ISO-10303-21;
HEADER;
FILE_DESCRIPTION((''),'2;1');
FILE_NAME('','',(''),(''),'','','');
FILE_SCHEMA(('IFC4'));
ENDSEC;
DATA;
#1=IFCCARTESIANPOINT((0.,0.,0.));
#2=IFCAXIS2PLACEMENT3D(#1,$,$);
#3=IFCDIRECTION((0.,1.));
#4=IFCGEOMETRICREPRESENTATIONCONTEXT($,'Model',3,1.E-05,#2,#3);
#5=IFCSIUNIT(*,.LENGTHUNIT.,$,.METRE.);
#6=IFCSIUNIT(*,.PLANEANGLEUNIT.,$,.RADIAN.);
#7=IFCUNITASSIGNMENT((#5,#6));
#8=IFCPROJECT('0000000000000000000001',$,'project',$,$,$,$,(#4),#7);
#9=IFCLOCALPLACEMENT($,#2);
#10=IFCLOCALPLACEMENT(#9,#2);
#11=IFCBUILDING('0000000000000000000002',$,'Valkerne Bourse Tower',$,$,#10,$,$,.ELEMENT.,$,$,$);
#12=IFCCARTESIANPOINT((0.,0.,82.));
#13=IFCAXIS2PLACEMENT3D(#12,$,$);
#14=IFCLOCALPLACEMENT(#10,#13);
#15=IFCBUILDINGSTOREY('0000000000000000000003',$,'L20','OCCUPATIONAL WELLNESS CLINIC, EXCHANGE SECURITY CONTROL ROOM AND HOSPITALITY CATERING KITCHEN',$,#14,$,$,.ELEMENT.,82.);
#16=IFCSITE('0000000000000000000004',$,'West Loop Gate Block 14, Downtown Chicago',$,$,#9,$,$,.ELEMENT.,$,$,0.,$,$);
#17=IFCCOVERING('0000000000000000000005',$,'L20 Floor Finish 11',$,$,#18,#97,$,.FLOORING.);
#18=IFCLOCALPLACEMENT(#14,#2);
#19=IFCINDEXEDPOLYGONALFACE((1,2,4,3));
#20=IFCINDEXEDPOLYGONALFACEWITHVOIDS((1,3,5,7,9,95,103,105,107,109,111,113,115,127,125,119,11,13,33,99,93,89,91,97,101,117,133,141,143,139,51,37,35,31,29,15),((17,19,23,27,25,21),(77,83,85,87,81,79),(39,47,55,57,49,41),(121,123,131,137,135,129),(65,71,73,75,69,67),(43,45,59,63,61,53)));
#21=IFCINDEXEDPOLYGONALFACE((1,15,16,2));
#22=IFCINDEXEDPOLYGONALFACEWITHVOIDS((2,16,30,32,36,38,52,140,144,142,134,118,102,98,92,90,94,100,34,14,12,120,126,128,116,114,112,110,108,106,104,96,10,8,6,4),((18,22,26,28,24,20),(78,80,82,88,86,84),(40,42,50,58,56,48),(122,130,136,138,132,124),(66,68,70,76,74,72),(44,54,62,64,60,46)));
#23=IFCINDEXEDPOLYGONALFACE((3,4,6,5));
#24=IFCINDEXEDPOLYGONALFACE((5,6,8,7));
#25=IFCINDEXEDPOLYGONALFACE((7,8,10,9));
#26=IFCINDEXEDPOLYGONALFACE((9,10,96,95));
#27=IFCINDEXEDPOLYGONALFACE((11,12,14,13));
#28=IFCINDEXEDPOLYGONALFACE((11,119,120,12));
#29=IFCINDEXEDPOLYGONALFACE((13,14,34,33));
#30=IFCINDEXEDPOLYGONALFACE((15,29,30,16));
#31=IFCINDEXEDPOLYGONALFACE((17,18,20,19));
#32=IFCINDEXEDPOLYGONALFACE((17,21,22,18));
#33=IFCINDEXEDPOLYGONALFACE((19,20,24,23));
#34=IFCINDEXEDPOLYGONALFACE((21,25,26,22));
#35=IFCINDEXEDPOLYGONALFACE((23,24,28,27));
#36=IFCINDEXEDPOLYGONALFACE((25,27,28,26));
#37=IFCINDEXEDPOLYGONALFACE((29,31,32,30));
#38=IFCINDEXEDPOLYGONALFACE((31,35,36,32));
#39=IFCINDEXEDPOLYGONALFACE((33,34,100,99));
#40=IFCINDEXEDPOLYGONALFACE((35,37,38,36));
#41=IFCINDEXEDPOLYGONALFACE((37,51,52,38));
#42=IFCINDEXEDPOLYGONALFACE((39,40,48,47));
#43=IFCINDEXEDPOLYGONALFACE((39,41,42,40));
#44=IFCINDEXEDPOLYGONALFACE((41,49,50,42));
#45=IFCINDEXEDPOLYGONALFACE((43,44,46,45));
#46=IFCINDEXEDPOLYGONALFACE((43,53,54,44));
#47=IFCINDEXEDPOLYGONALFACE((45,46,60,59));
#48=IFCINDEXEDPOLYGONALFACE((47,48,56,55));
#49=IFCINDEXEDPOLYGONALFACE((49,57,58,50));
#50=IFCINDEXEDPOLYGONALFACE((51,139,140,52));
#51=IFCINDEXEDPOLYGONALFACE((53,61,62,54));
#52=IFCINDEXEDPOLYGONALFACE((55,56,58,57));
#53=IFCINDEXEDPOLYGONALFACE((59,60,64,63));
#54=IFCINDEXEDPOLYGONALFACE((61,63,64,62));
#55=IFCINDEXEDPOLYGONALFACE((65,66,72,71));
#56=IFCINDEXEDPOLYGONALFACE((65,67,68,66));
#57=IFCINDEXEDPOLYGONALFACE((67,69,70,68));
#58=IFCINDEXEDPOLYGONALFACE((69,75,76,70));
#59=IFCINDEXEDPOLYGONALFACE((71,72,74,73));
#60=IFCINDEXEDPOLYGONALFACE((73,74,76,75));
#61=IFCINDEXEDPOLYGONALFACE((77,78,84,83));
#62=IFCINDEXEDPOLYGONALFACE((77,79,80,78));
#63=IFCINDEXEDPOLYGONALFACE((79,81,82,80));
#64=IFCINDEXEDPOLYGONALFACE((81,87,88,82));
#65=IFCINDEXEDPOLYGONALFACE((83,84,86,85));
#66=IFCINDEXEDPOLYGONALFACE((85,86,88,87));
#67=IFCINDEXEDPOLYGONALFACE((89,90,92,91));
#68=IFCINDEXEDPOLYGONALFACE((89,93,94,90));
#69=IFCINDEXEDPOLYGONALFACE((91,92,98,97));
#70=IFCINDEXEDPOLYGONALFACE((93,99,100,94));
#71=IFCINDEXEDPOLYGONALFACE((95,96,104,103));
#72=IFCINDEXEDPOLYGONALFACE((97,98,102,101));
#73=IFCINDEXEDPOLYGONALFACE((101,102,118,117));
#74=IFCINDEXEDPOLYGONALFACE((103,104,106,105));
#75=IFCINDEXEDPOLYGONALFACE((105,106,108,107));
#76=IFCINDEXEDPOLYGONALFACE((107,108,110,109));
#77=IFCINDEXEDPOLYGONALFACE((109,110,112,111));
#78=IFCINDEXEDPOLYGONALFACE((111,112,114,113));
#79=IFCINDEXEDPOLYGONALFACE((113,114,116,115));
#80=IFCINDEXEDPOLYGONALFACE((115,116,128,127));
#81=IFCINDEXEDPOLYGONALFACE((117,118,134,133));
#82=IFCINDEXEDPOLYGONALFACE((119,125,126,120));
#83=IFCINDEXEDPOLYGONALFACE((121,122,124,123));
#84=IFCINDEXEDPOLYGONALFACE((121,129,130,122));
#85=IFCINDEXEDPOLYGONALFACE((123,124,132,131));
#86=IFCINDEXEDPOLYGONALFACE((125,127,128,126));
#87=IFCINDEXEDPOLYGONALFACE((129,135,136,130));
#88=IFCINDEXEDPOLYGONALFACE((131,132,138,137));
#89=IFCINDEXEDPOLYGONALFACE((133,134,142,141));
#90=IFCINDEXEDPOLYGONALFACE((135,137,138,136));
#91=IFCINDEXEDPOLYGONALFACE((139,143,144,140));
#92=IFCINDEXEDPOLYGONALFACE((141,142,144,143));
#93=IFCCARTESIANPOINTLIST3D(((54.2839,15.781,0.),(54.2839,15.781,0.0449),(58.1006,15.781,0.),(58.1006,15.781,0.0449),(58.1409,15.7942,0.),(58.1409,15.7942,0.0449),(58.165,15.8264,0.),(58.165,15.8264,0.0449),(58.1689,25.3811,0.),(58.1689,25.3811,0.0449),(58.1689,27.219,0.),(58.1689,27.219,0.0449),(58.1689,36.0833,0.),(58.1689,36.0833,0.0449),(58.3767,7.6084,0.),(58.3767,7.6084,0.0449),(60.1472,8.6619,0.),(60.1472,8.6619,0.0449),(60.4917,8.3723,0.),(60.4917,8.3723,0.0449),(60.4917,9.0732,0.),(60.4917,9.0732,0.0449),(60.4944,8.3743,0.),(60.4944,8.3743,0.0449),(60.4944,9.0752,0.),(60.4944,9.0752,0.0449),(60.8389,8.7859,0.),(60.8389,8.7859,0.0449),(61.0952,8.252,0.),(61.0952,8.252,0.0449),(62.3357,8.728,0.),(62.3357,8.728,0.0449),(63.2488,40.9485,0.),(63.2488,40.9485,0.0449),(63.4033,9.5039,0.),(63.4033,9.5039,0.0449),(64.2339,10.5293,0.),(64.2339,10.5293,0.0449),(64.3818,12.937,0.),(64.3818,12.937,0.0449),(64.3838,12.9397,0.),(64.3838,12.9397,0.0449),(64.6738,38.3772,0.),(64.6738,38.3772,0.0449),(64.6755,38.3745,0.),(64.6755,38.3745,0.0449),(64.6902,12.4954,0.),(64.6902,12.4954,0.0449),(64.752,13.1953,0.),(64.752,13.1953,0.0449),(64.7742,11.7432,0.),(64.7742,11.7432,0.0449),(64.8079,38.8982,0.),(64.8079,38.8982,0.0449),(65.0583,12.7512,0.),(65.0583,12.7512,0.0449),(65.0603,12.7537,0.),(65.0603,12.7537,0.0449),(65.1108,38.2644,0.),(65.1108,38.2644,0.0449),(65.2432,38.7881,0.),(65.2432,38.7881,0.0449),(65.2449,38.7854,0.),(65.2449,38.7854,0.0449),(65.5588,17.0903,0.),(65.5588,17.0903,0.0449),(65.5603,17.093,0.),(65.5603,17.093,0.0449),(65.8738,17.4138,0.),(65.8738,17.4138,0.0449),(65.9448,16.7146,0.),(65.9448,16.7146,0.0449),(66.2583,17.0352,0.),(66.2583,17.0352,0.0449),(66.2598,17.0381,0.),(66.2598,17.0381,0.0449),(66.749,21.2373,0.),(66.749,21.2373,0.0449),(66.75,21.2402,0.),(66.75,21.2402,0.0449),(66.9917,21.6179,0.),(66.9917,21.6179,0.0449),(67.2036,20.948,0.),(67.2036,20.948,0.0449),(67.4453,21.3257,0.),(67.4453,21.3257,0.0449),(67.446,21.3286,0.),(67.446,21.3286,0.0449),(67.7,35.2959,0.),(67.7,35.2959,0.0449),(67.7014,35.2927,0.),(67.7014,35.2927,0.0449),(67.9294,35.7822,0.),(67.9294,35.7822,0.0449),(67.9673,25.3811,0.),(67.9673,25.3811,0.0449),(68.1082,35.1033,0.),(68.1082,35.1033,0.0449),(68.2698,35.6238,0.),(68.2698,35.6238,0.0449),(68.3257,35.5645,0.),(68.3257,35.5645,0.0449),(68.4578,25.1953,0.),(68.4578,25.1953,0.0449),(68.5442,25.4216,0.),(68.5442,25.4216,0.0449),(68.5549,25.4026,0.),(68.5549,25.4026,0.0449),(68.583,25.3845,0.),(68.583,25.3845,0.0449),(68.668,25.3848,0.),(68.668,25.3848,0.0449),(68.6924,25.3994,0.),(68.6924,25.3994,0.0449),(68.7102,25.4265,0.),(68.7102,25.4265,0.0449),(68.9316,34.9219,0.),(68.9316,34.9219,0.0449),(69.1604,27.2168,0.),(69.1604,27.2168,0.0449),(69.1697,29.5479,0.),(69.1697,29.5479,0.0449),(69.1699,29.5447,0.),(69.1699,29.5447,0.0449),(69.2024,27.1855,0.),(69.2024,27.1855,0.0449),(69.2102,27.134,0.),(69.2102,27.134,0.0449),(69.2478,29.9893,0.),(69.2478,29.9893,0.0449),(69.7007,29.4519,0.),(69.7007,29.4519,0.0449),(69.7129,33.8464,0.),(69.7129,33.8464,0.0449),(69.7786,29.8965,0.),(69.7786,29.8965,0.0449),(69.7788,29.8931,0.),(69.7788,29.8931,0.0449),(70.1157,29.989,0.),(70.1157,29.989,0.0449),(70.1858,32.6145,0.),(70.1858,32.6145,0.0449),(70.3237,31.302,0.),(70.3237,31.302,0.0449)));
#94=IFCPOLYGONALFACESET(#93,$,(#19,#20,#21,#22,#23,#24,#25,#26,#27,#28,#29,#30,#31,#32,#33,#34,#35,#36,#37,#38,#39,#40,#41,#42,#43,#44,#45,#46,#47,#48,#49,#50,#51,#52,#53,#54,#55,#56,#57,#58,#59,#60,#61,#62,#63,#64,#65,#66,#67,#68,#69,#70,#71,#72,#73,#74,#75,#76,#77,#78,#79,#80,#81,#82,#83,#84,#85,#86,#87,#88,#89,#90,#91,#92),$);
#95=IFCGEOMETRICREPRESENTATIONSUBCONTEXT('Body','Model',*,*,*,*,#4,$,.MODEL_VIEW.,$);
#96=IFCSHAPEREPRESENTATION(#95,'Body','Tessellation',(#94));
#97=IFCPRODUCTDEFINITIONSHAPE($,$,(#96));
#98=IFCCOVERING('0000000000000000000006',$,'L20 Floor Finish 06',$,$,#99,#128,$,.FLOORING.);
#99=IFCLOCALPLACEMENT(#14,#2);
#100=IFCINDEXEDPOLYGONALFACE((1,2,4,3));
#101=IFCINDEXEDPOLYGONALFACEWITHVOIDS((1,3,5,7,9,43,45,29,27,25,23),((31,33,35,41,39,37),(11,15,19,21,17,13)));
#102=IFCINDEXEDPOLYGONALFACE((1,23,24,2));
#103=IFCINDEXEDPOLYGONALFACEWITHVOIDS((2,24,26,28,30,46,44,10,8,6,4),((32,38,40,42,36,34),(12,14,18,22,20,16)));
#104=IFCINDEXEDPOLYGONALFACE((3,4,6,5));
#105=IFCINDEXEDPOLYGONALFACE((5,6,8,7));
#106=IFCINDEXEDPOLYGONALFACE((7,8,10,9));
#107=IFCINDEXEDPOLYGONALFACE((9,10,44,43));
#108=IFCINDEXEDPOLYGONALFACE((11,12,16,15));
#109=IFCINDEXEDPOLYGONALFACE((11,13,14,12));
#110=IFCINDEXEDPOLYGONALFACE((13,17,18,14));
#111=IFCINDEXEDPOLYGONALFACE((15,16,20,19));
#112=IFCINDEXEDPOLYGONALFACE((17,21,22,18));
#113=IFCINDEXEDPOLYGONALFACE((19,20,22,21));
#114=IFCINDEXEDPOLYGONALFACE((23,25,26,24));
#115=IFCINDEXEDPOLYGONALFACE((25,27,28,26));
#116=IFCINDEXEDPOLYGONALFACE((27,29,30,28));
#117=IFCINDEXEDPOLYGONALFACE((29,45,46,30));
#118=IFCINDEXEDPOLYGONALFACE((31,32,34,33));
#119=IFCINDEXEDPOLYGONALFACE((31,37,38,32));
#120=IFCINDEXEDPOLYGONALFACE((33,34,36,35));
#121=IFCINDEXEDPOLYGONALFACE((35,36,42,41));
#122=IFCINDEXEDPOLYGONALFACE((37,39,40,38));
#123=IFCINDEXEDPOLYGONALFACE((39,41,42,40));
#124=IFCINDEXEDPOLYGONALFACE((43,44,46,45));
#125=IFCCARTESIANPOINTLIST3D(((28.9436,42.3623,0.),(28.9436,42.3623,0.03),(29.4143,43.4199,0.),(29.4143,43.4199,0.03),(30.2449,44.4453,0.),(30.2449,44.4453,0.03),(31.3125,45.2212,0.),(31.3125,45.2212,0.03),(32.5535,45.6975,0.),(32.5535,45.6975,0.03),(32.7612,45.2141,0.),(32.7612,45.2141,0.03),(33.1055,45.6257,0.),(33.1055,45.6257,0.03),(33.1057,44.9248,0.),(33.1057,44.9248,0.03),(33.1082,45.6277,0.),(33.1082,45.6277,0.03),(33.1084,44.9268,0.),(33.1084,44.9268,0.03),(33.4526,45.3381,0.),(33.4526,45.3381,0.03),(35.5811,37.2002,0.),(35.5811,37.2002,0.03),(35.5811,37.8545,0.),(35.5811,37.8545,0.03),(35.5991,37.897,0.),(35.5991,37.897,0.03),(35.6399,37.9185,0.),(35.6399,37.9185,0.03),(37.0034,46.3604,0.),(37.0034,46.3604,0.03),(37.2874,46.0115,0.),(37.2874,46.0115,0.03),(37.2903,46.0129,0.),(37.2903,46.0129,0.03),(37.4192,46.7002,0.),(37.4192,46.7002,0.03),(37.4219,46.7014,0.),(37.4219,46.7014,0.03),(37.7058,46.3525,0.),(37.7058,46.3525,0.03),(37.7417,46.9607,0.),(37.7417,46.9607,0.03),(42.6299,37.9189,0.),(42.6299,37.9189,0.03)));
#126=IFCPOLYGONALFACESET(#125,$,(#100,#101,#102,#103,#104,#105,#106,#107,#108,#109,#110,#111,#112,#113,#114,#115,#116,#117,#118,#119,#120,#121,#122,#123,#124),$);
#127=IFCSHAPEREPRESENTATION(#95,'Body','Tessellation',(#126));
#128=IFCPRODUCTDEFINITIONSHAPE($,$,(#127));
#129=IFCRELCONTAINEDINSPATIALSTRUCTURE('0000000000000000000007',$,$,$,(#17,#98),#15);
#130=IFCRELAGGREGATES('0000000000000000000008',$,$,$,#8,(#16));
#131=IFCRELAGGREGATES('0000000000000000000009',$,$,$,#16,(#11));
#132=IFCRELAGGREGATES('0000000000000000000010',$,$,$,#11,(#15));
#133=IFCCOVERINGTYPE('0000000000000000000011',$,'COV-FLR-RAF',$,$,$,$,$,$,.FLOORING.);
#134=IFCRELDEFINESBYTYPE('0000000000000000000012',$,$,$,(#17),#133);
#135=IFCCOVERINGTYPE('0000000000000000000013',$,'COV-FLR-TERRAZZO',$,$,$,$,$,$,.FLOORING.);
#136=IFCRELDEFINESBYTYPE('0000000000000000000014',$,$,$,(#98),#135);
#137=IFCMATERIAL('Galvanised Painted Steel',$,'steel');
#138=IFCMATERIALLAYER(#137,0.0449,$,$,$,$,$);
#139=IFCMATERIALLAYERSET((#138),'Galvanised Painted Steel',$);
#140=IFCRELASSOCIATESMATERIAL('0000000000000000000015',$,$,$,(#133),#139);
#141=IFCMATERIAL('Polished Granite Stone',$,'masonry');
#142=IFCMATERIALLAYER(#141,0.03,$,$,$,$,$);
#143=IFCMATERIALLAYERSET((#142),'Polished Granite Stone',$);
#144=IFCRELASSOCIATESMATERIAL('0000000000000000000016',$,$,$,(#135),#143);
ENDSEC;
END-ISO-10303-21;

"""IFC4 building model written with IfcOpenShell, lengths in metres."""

from ifc_helpers import new_model, si_unit, direction, frame, origin, place, context, subcontext, project, spatial, polyline, outline, extrude, material, layer, layer_set, type_object, element, save


model = new_model("IFC4")

# Units and contexts
model_context = context("Model", 3, precision=1e-05, world=origin(), true_north=direction((0.0, 1.0)))
body_context = subcontext(model_context, "Body", "Model", "MODEL_VIEW")
ifc_project = project(units=[si_unit("LENGTHUNIT", "METRE"), si_unit("PLANEANGLEUNIT", "RADIAN")], contexts=[model_context])

# Site, building, storey
site_placement = place(None, origin())
site = spatial("IfcSite", under=ifc_project, at=site_placement, Name="West Loop Gate Block 14, Downtown Chicago", CompositionType="ELEMENT", RefElevation=0.0)
building_placement = place(site_placement, origin())
building = spatial("IfcBuilding", under=site, at=building_placement, Name="Valkerne Bourse Tower", CompositionType="ELEMENT")
storey_placement = place(building_placement, frame((0.0, 0.0, 82.0)))
storey = spatial("IfcBuildingStorey", under=building, at=storey_placement, Name="L20", Description="OCCUPATIONAL WELLNESS CLINIC, EXCHANGE SECURITY CONTROL ROOM AND HOSPITALITY CATERING KITCHEN", CompositionType="ELEMENT", Elevation=82.0)

# Coverings
ifc_material_1 = material(Name="Galvanised Painted Steel", Category="steel")
ifc_layer_1 = layer(ifc_material_1, 0.0449)
ifc_layer_set_1 = layer_set([ifc_layer_1], Name="Galvanised Painted Steel")
covering_type_1 = type_object("IfcCoveringType", Name="COV-FLR-RAF", PredefinedType="FLOORING", material=ifc_layer_set_1)
covering_1_placement = place(storey_placement, origin())
element("IfcCovering", 1, at=covering_1_placement, inside=storey, type_object=covering_type_1, Name="L20 Floor Finish 11", PredefinedType="FLOORING", context=body_context, shape_type="SweptSolid", body=[
    extrude(outline(polyline([(62.3357, 8.728), (61.0952, 8.252), (58.3767, 7.6084), (54.2839, 15.781), (58.1006, 15.781), (58.1409, 15.7942), (58.165, 15.8264), (58.1689, 25.3811), (67.9673, 25.3811), (68.4578, 25.1953), (68.5442, 25.4216), (68.5549, 25.4026), (68.583, 25.3845), (68.668, 25.3848), (68.6924, 25.3994), (68.7102, 25.4265), (69.2102, 27.134), (69.2024, 27.1855), (69.1604, 27.2168), (58.1689, 27.219), (58.1689, 36.0833), (63.2488, 40.9485), (68.2698, 35.6238), (67.9294, 35.7822), (67.7, 35.2959), (67.7014, 35.2927), (68.1082, 35.1033), (68.3257, 35.5645), (68.9316, 34.9219), (69.7129, 33.8464), (70.1858, 32.6145), (70.3237, 31.302), (70.1157, 29.989), (64.7742, 11.7432), (64.2339, 10.5293), (63.4033, 9.5039), (62.3357, 8.728)]), holes=[polyline([(60.4944, 8.3743), (60.8389, 8.7859), (60.4944, 9.0752), (60.4917, 9.0732), (60.1472, 8.6619), (60.4917, 8.3723), (60.4944, 8.3743)]), polyline([(65.0603, 12.7537), (64.752, 13.1953), (64.3838, 12.9397), (64.3818, 12.937), (64.6902, 12.4954), (65.0583, 12.7512), (65.0603, 12.7537)]), polyline([(66.2598, 17.0381), (65.8738, 17.4138), (65.5603, 17.093), (65.5588, 17.0903), (65.9448, 16.7146), (66.2583, 17.0352), (66.2598, 17.0381)]), polyline([(67.446, 21.3286), (66.9917, 21.6179), (66.75, 21.2402), (66.749, 21.2373), (67.2036, 20.948), (67.4453, 21.3257), (67.446, 21.3286)]), polyline([(69.7788, 29.8931), (69.7786, 29.8965), (69.2478, 29.9893), (69.1697, 29.5479), (69.1699, 29.5447), (69.7007, 29.4519), (69.7788, 29.8931)]), polyline([(65.2449, 38.7854), (65.2432, 38.7881), (64.8079, 38.8982), (64.6738, 38.3772), (64.6755, 38.3745), (65.1108, 38.2644), (65.2449, 38.7854)])]), origin(), (0.0, 0.0, 1.0), 0.0449),
])
ifc_material_2 = material(Name="Polished Granite Stone", Category="masonry")
ifc_layer_2 = layer(ifc_material_2, 0.03)
ifc_layer_set_2 = layer_set([ifc_layer_2], Name="Polished Granite Stone")
covering_type_2 = type_object("IfcCoveringType", Name="COV-FLR-TERRAZZO", PredefinedType="FLOORING", material=ifc_layer_set_2)
covering_2_placement = place(storey_placement, origin())
element("IfcCovering", 2, at=covering_2_placement, inside=storey, type_object=covering_type_2, Name="L20 Floor Finish 06", PredefinedType="FLOORING", context=body_context, shape_type="SweptSolid", body=[
    extrude(outline(polyline([(31.3125, 45.2212), (32.5535, 45.6975), (37.7417, 46.9607), (42.6299, 37.9189), (35.6399, 37.9185), (35.5991, 37.897), (35.5811, 37.8545), (35.5811, 37.2002), (28.9436, 42.3623), (29.4143, 43.4199), (30.2449, 44.4453), (31.3125, 45.2212)]), holes=[polyline([(33.4526, 45.3381), (33.1082, 45.6277), (33.1055, 45.6257), (32.7612, 45.2141), (33.1057, 44.9248), (33.1084, 44.9268), (33.4526, 45.3381)]), polyline([(37.2903, 46.0129), (37.7058, 46.3525), (37.4219, 46.7014), (37.4192, 46.7002), (37.0034, 46.3604), (37.2874, 46.0115), (37.2903, 46.0129)])]), origin(), (0.0, 0.0, 1.0), 0.03),
])

save(model, "model.ifc")
